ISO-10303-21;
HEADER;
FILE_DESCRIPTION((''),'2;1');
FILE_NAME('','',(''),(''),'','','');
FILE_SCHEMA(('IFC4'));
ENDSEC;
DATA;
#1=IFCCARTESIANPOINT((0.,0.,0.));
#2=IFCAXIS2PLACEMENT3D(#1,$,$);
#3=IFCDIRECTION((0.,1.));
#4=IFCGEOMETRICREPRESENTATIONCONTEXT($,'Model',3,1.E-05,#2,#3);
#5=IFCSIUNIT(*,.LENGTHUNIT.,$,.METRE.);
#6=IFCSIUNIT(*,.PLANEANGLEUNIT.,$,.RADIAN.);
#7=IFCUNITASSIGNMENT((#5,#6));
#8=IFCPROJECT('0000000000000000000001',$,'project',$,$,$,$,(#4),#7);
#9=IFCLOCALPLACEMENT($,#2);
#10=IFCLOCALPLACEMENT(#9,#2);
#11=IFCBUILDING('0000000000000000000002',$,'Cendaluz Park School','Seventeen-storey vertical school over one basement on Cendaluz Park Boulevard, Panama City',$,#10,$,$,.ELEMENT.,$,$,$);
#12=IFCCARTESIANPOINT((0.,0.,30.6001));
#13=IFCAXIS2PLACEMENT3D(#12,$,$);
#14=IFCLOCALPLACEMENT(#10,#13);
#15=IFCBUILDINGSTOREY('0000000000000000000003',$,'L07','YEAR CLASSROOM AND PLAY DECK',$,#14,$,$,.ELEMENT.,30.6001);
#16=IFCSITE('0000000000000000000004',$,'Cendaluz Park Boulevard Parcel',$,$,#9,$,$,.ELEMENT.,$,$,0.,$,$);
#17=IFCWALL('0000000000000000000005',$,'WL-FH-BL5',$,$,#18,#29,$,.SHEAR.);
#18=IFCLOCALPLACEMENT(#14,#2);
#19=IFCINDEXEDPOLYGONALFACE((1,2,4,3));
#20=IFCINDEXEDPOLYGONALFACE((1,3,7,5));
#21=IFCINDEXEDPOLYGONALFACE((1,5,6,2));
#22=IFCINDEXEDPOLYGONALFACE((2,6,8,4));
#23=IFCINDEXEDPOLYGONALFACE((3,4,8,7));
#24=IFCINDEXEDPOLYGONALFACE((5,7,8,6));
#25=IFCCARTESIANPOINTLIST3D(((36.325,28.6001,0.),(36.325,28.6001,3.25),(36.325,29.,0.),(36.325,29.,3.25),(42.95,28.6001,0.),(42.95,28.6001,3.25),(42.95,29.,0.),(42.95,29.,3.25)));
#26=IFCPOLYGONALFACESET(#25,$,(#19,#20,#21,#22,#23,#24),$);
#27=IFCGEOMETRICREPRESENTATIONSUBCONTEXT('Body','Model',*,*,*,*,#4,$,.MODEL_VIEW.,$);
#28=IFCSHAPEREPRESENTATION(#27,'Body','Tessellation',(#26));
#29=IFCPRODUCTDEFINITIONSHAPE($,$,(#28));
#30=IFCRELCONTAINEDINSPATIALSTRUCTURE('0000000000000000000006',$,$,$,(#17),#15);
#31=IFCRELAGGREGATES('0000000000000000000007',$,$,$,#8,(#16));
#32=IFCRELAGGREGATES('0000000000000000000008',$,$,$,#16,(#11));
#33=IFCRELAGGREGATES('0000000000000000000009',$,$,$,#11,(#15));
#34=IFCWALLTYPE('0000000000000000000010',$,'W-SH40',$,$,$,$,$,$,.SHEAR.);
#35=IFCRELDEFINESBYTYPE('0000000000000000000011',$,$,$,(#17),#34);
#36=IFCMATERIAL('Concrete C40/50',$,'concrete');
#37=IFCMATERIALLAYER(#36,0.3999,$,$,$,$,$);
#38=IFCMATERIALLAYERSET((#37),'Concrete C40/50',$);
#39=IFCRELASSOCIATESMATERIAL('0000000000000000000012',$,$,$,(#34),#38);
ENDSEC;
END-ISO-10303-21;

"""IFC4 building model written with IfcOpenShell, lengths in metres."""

from ifc_helpers import new_model, si_unit, direction, frame, frame_2d, origin, place, context, subcontext, project, spatial, rectangle, extrude, material, layer, layer_set, type_object, element, save


model = new_model("IFC4")

# Units and contexts
model_context = context("Model", 3, precision=1e-05, world=origin(), true_north=direction((0.0, 1.0)))
body_context = subcontext(model_context, "Body", "Model", "MODEL_VIEW")
ifc_project = project(units=[si_unit("LENGTHUNIT", "METRE"), si_unit("PLANEANGLEUNIT", "RADIAN")], contexts=[model_context])

# Site, building, storey
site_placement = place(None, origin())
site = spatial("IfcSite", under=ifc_project, at=site_placement, Name="Cendaluz Park Boulevard Parcel", CompositionType="ELEMENT", RefElevation=0.0)
building_placement = place(site_placement, origin())
building = spatial("IfcBuilding", under=site, at=building_placement, Name="Cendaluz Park School", Description="Seventeen-storey vertical school over one basement on Cendaluz Park Boulevard, Panama City", CompositionType="ELEMENT")
storey_placement = place(building_placement, frame((0.0, 0.0, 30.6001)))
storey = spatial("IfcBuildingStorey", under=building, at=storey_placement, Name="L07", Description="YEAR CLASSROOM AND PLAY DECK", CompositionType="ELEMENT", Elevation=30.6001)

# Shared definitions
ifc_material_1 = material(Name="Concrete C40/50", Category="concrete")

# Wall
ifc_layer_1 = layer(ifc_material_1, 0.3999)
ifc_layer_set_1 = layer_set([ifc_layer_1], Name="Concrete C40/50")
wall_type_1 = type_object("IfcWallType", Name="W-SH40", PredefinedType="SHEAR", material=ifc_layer_set_1)
wall_1_placement = place(storey_placement, frame((36.325, 28.8, 0.0), z_axis=(0.0, 0.0, 1.0), x_axis=(1.0, 0.0, 0.0)))
element("IfcWall", 1, at=wall_1_placement, inside=storey, type_object=wall_type_1, Name="WL-FH-BL5", PredefinedType="SHEAR", context=body_context, shape_type="SweptSolid", body=[
    extrude(rectangle(XDim=6.625, YDim=0.3999, at=frame_2d((3.3125, 0.0))), origin(), (0.0, 0.0, 1.0), 3.25),
])

save(model, "model.ifc")
